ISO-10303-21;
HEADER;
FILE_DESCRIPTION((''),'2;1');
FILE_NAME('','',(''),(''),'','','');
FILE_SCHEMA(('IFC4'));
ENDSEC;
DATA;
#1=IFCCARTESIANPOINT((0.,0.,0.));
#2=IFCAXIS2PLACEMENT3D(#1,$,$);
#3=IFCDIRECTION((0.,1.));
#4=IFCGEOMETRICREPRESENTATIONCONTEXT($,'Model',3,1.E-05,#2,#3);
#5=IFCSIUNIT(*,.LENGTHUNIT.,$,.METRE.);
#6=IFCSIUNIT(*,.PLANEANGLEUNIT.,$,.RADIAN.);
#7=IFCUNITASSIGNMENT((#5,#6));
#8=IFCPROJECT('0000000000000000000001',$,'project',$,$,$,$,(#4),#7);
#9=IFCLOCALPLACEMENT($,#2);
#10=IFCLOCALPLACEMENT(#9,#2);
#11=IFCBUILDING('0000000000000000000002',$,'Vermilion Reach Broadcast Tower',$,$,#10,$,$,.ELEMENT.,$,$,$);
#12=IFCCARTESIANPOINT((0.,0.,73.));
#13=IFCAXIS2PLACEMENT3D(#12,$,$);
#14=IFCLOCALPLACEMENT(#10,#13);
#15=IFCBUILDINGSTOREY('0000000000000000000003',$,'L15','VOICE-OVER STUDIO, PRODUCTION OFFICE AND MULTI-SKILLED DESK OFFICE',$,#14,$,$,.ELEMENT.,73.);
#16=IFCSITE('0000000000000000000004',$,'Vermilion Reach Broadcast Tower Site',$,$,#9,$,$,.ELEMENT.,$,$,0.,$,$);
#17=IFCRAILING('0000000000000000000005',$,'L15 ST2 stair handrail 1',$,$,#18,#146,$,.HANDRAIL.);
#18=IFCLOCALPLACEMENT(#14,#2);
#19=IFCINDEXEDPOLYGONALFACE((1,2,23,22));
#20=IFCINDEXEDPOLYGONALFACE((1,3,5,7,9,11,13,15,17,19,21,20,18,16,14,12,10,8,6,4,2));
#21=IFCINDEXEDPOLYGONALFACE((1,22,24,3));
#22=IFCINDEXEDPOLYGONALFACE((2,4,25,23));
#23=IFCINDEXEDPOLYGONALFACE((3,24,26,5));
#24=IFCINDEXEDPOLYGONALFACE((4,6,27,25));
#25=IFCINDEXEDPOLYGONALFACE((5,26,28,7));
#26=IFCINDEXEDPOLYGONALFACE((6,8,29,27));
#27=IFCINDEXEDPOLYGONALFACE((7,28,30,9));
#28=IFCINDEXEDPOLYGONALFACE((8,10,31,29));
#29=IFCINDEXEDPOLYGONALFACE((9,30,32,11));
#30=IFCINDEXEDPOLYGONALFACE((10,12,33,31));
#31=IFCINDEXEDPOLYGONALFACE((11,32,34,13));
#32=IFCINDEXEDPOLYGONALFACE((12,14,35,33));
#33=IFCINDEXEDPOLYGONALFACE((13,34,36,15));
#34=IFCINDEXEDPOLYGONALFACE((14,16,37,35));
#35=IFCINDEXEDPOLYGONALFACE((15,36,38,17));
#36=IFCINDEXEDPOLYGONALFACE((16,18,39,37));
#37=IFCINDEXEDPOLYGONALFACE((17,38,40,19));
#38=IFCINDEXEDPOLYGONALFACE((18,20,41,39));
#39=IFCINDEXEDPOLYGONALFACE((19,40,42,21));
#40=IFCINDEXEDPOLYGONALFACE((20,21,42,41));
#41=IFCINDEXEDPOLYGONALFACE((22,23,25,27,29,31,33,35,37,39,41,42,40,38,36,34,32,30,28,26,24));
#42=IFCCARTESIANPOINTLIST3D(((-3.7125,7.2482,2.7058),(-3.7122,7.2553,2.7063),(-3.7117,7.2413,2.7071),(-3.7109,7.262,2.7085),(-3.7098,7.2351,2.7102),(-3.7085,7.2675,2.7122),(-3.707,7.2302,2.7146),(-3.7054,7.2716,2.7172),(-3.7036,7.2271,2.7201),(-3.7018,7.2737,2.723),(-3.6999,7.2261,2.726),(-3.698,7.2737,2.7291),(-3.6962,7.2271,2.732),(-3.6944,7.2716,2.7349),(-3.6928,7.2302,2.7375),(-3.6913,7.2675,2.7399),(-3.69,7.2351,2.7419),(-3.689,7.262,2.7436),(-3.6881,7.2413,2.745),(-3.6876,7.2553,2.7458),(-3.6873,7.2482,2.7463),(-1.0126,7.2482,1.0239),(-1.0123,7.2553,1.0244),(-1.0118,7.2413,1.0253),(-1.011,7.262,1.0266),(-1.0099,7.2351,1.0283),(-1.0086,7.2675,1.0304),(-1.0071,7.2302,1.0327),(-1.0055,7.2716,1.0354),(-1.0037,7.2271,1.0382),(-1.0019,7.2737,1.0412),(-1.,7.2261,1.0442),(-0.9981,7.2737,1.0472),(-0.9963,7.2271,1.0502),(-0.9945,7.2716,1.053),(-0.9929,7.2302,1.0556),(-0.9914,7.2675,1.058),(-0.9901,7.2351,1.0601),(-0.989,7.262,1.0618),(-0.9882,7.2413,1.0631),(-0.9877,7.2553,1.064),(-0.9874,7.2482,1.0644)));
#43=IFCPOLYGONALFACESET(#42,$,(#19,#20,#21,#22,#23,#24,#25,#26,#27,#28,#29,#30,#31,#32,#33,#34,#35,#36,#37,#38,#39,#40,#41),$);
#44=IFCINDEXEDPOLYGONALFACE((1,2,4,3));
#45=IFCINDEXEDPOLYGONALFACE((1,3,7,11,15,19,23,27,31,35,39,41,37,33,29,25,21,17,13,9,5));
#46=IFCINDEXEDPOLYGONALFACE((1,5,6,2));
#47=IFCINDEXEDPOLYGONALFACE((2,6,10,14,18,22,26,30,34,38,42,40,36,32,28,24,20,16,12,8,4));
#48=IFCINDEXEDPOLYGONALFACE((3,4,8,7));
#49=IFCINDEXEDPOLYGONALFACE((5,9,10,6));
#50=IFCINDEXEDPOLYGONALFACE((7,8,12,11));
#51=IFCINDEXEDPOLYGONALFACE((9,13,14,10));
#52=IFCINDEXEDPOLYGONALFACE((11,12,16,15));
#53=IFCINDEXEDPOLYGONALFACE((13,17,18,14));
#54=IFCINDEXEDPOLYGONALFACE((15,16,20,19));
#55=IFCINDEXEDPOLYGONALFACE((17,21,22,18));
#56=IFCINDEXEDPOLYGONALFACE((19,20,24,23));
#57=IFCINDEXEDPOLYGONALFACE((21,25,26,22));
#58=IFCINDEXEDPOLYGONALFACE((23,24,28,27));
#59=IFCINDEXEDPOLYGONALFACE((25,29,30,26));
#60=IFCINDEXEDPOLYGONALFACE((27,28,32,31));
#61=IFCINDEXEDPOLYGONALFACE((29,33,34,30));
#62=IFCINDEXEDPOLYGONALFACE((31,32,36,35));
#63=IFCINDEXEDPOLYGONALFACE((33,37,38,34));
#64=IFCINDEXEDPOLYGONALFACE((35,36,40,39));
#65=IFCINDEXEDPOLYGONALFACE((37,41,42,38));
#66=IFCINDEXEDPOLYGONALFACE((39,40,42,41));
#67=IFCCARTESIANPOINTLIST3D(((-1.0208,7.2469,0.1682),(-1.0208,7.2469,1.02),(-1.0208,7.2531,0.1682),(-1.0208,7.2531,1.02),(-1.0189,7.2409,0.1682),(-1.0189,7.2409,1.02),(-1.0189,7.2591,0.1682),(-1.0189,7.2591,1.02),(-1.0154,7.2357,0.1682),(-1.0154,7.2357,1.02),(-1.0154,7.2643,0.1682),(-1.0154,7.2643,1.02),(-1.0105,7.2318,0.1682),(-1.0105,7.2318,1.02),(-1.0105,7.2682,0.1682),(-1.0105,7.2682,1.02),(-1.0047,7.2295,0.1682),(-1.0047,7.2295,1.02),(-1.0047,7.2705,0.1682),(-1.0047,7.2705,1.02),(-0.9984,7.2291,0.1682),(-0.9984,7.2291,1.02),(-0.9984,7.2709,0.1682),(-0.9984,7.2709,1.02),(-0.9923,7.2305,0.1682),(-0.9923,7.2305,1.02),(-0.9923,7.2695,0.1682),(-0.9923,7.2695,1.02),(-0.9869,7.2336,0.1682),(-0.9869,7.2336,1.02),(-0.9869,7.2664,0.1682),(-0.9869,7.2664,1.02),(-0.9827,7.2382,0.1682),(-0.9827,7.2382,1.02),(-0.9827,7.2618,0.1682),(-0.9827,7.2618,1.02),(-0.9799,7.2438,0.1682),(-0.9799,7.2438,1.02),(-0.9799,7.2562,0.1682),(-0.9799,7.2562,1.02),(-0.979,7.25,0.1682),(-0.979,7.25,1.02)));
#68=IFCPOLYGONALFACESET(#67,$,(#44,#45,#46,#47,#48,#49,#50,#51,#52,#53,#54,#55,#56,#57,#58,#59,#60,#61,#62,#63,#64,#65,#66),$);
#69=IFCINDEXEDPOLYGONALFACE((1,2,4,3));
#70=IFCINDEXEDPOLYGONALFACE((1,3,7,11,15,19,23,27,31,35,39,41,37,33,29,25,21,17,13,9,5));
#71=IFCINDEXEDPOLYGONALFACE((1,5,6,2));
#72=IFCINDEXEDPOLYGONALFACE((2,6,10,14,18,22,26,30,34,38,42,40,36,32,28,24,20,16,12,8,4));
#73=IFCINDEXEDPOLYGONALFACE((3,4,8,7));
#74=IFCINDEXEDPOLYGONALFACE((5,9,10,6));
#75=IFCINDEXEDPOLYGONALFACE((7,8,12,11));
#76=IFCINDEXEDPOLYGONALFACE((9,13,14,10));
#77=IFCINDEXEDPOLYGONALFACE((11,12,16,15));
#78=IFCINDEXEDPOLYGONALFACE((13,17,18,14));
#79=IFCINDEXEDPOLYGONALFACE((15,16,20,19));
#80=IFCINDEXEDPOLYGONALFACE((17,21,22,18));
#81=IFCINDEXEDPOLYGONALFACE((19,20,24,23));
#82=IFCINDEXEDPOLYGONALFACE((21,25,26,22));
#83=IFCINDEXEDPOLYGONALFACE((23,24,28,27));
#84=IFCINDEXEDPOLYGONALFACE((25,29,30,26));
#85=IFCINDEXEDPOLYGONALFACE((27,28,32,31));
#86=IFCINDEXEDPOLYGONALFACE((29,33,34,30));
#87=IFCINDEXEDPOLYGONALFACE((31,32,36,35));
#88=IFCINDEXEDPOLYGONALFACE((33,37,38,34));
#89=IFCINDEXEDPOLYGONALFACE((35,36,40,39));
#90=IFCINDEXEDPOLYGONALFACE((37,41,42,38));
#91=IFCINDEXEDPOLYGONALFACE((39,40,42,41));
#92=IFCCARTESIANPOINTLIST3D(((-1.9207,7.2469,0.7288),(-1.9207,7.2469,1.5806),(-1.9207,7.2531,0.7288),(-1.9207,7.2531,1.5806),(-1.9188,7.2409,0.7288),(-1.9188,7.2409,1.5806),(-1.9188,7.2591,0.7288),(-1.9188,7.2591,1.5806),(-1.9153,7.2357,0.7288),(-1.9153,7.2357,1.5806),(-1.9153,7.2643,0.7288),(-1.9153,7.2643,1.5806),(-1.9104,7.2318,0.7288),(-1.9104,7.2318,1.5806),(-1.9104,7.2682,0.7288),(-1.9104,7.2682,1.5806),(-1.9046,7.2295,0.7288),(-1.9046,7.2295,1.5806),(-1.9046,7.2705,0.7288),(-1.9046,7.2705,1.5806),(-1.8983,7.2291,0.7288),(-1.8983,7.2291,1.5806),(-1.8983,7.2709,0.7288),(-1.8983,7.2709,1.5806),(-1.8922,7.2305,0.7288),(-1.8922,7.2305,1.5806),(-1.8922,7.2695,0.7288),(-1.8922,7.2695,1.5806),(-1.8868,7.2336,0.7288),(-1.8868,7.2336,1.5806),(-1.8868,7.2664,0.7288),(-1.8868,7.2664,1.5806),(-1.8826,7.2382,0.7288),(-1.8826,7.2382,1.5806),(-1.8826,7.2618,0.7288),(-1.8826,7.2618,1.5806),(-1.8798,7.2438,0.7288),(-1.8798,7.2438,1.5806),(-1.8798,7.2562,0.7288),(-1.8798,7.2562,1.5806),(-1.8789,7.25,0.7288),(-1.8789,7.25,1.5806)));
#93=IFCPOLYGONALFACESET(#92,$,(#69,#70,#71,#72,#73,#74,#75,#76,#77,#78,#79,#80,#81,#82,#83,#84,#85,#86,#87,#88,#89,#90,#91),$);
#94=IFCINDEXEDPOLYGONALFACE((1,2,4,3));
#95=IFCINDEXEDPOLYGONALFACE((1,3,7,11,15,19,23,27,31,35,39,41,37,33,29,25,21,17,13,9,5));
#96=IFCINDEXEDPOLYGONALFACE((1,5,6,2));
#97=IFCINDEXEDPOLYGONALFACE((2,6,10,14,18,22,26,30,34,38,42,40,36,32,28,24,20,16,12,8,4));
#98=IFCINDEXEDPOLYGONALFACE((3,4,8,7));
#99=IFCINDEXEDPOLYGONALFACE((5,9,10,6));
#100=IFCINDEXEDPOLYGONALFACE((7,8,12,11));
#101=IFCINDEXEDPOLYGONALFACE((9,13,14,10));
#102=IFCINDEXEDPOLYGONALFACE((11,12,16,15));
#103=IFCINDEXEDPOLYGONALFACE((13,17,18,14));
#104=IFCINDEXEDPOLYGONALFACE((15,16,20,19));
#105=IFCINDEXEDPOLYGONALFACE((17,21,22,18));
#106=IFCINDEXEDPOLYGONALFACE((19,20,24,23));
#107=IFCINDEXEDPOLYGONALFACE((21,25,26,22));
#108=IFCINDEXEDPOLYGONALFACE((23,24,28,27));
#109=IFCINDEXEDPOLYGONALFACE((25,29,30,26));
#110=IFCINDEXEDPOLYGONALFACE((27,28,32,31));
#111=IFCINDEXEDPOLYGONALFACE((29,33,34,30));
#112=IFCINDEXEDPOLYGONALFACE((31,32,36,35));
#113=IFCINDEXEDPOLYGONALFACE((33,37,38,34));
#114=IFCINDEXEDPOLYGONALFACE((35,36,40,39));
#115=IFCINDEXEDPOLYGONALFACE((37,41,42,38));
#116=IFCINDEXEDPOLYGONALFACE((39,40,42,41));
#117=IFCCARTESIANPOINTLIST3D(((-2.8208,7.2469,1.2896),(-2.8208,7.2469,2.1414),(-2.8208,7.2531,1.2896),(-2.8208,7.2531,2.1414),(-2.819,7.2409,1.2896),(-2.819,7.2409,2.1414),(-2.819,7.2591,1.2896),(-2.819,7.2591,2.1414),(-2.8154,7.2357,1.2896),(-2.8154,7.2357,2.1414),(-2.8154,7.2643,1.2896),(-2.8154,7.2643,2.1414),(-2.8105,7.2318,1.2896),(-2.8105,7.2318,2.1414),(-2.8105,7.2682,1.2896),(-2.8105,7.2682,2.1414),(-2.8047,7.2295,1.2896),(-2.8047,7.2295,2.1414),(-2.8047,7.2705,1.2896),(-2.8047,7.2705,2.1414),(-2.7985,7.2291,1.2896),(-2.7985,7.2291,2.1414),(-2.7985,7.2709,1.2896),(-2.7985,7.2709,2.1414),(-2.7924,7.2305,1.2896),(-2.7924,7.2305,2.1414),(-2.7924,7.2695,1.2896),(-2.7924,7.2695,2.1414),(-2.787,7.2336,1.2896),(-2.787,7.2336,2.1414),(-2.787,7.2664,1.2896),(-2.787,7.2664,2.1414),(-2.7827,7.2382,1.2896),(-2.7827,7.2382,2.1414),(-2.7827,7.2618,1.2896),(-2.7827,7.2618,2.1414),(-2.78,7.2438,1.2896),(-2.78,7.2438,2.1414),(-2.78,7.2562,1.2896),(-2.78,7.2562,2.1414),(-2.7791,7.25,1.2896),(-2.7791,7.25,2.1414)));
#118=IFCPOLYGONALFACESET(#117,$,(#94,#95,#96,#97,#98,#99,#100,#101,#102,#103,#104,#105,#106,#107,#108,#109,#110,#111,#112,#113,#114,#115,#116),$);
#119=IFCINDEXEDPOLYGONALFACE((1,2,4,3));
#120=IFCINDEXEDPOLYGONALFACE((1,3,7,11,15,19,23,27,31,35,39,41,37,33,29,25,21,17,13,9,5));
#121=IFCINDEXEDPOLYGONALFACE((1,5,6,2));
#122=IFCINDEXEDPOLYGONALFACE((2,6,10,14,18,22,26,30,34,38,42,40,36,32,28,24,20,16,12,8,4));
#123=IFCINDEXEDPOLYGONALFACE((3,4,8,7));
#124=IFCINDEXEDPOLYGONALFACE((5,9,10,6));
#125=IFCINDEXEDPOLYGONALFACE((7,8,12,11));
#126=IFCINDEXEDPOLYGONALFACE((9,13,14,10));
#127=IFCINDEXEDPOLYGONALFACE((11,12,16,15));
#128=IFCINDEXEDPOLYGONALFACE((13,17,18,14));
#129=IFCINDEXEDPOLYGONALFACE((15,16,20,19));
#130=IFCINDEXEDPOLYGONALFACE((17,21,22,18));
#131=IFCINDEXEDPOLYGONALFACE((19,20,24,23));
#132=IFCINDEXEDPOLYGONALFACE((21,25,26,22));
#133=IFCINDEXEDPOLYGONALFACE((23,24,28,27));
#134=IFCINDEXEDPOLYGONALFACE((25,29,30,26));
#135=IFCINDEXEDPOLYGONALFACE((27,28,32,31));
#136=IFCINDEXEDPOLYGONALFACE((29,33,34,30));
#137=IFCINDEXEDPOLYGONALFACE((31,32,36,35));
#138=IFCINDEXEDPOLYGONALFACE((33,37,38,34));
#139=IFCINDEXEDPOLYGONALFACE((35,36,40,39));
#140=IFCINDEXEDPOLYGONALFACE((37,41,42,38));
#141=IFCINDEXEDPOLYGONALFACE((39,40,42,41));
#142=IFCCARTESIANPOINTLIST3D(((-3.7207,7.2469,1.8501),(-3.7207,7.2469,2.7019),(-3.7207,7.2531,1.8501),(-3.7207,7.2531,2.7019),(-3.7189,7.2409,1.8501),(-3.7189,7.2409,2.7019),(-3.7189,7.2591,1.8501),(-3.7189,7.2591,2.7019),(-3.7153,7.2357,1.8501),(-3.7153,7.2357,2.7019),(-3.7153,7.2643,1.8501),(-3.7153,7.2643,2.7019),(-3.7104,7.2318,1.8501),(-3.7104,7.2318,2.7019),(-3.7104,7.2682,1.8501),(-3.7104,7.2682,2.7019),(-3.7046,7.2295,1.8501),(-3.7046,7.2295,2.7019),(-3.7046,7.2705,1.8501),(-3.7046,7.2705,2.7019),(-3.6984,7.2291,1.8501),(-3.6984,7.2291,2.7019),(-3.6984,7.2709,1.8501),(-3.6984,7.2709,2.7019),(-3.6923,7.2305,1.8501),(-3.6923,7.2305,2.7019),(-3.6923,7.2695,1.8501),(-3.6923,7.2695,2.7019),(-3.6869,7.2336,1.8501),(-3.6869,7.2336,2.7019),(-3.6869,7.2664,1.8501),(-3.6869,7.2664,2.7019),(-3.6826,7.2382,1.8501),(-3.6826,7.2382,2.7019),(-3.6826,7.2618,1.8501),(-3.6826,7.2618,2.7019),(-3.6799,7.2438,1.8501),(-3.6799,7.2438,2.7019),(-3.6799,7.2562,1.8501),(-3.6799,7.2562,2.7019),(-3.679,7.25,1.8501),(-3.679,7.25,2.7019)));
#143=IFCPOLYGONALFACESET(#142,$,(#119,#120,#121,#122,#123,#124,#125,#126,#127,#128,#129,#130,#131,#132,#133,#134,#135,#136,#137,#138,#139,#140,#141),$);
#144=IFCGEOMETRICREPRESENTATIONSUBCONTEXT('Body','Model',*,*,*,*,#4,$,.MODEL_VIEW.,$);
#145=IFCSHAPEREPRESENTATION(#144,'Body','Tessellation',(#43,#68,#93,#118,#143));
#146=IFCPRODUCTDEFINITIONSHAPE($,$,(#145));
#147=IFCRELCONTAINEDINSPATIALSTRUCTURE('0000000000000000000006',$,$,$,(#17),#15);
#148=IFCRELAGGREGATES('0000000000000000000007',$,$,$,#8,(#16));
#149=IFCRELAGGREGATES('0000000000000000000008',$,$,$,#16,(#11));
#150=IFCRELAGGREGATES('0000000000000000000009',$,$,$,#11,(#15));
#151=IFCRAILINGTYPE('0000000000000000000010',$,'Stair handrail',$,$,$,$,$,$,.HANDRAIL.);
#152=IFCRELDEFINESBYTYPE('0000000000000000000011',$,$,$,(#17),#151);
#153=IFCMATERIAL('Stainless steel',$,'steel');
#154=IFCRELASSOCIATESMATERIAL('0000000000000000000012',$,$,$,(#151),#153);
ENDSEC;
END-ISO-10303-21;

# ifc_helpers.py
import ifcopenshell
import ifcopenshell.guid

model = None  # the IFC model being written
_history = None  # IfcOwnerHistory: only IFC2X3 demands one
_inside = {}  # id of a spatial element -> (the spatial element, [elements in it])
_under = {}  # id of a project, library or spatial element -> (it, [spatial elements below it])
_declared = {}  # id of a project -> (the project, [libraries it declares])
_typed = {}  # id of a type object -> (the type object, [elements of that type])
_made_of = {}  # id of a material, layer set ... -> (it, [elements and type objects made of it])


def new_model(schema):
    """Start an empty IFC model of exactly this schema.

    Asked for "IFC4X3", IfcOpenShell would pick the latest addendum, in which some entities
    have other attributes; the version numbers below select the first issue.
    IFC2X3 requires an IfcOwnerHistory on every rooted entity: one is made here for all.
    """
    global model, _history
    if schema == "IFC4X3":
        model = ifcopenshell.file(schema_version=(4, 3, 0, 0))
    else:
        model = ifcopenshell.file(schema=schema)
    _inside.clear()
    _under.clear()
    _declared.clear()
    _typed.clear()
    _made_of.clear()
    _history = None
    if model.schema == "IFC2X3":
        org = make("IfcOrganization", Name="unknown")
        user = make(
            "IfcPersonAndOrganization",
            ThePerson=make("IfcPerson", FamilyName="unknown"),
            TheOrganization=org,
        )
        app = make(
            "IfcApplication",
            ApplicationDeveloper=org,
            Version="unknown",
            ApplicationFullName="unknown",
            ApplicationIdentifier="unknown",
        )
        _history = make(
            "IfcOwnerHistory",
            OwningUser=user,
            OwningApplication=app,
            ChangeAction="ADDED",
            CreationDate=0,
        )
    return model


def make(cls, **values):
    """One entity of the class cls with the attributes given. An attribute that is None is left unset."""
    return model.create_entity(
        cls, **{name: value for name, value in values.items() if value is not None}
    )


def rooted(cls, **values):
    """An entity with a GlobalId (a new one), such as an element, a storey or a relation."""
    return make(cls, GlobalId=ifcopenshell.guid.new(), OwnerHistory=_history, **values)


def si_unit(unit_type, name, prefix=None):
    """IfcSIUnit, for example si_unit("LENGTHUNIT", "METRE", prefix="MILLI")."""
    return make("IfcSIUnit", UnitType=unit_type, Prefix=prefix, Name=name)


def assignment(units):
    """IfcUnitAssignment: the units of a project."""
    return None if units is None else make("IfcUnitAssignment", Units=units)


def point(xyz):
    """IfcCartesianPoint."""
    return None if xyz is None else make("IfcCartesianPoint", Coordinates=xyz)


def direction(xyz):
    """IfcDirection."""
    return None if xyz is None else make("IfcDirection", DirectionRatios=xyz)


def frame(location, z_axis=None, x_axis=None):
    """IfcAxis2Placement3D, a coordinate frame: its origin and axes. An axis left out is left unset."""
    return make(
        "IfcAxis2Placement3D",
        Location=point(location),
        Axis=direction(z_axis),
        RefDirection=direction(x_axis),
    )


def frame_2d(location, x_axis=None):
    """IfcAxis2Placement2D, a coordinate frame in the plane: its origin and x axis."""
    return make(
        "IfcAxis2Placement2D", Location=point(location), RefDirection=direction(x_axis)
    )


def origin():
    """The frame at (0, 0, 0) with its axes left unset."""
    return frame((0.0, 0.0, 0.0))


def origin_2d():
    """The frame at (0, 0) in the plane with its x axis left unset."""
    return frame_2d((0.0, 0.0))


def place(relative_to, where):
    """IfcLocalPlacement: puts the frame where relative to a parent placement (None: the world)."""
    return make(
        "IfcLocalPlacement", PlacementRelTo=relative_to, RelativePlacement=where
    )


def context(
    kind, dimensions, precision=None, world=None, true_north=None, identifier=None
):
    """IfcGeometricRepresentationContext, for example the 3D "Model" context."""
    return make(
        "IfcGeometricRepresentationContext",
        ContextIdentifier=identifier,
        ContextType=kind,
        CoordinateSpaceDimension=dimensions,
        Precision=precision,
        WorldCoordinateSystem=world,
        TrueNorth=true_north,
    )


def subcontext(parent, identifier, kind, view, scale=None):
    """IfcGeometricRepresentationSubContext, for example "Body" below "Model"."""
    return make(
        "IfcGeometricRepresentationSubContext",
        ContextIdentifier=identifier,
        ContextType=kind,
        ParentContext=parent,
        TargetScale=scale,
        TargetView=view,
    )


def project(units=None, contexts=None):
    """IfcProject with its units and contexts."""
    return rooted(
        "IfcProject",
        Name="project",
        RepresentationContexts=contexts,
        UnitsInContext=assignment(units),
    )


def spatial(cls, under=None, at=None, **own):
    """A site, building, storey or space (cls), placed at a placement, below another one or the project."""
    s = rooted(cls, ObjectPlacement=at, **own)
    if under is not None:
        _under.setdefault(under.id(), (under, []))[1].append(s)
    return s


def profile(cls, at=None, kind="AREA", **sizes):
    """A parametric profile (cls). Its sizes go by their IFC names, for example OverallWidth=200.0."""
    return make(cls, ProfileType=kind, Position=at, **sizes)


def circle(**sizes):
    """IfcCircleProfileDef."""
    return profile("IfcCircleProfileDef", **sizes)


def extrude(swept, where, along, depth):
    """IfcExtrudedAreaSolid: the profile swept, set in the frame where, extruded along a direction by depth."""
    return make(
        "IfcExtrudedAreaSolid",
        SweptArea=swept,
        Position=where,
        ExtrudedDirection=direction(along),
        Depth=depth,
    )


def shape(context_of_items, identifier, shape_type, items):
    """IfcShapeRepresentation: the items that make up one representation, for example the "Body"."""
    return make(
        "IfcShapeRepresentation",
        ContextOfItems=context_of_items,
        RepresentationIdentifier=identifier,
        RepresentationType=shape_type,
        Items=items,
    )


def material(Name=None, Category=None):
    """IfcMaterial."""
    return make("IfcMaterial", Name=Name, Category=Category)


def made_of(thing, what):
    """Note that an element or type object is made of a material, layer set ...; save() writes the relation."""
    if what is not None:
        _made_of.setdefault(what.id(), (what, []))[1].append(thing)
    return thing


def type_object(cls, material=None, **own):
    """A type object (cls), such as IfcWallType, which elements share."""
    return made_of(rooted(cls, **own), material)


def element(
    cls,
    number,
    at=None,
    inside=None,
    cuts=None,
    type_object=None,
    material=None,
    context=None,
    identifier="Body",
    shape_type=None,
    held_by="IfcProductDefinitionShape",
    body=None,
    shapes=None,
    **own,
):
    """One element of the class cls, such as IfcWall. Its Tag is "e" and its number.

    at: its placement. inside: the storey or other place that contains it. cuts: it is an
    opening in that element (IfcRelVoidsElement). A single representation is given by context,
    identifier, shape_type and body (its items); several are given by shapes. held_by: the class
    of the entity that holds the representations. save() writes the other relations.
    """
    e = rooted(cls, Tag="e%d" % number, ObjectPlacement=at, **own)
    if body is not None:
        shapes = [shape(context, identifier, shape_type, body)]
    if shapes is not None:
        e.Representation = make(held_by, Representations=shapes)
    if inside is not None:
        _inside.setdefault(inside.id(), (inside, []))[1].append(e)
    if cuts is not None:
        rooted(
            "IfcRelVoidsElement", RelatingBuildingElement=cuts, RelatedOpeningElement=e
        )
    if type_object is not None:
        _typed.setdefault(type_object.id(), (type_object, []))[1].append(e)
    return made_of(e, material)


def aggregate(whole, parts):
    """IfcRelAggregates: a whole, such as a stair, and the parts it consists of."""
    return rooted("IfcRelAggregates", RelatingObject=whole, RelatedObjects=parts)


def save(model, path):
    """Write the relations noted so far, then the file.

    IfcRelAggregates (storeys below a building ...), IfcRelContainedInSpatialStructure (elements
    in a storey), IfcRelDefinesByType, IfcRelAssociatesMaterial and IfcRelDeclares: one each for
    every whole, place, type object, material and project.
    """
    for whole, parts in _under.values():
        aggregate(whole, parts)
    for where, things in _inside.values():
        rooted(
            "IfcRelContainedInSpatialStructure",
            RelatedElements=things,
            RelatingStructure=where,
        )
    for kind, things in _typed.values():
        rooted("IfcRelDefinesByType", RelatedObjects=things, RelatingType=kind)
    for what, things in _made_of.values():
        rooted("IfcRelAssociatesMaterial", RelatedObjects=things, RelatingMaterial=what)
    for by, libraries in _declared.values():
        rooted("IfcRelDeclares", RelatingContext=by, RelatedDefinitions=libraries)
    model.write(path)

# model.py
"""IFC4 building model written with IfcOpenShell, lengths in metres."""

from ifc_helpers import new_model, si_unit, direction, frame, origin, origin_2d, place, context, subcontext, project, spatial, circle, extrude, material, type_object, element, save


model = new_model("IFC4")

# Units and contexts
model_context = context("Model", 3, precision=1e-05, world=origin(), true_north=direction((0.0, 1.0)))
body_context = subcontext(model_context, "Body", "Model", "MODEL_VIEW")
ifc_project = project(units=[si_unit("LENGTHUNIT", "METRE"), si_unit("PLANEANGLEUNIT", "RADIAN")], contexts=[model_context])

# Site, building, storey
site_placement = place(None, origin())
site = spatial("IfcSite", under=ifc_project, at=site_placement, Name="Vermilion Reach Broadcast Tower Site", CompositionType="ELEMENT", RefElevation=0.0)
building_placement = place(site_placement, origin())
building = spatial("IfcBuilding", under=site, at=building_placement, Name="Vermilion Reach Broadcast Tower", CompositionType="ELEMENT")
storey_placement = place(building_placement, frame((0.0, 0.0, 73.0)))
storey = spatial("IfcBuildingStorey", under=building, at=storey_placement, Name="L15", Description="VOICE-OVER STUDIO, PRODUCTION OFFICE AND MULTI-SKILLED DESK OFFICE", CompositionType="ELEMENT", Elevation=73.0)

# Railing
ifc_material_1 = material(Name="Stainless steel", Category="steel")
railing_type_1 = type_object("IfcRailingType", Name="Stair handrail", PredefinedType="HANDRAIL", material=ifc_material_1)
railing_1_placement = place(storey_placement, frame((-1.0, 7.25, 0.1682)))
element("IfcRailing", 1, at=railing_1_placement, inside=storey, type_object=railing_type_1, Name="L15 ST2 stair handrail 1", PredefinedType="HANDRAIL", context=body_context, shape_type="SweptSolid", body=[
    extrude(circle(Radius=0.0239, at=origin_2d()), frame((0.0, 0.0, 0.876), z_axis=(-0.848786, 0.0, 0.528736), x_axis=(0.0, -1.0, 0.0)), (0.0, 0.0, 1.0), 3.1809),
    extrude(circle(Radius=0.021, at=origin_2d()), origin(), (0.0, 0.0, 1.0), 0.8518),
    extrude(circle(Radius=0.021, at=origin_2d()), frame((-0.8999, 0.0, 0.5605)), (0.0, 0.0, 1.0), 0.8518),
    extrude(circle(Radius=0.021, at=origin_2d()), frame((-1.8, 0.0, 1.1213)), (0.0, 0.0, 1.0), 0.8518),
    extrude(circle(Radius=0.021, at=origin_2d()), frame((-2.7, 0.0, 1.6819)), (0.0, 0.0, 1.0), 0.8518),
])

save(model, "model.ifc")
